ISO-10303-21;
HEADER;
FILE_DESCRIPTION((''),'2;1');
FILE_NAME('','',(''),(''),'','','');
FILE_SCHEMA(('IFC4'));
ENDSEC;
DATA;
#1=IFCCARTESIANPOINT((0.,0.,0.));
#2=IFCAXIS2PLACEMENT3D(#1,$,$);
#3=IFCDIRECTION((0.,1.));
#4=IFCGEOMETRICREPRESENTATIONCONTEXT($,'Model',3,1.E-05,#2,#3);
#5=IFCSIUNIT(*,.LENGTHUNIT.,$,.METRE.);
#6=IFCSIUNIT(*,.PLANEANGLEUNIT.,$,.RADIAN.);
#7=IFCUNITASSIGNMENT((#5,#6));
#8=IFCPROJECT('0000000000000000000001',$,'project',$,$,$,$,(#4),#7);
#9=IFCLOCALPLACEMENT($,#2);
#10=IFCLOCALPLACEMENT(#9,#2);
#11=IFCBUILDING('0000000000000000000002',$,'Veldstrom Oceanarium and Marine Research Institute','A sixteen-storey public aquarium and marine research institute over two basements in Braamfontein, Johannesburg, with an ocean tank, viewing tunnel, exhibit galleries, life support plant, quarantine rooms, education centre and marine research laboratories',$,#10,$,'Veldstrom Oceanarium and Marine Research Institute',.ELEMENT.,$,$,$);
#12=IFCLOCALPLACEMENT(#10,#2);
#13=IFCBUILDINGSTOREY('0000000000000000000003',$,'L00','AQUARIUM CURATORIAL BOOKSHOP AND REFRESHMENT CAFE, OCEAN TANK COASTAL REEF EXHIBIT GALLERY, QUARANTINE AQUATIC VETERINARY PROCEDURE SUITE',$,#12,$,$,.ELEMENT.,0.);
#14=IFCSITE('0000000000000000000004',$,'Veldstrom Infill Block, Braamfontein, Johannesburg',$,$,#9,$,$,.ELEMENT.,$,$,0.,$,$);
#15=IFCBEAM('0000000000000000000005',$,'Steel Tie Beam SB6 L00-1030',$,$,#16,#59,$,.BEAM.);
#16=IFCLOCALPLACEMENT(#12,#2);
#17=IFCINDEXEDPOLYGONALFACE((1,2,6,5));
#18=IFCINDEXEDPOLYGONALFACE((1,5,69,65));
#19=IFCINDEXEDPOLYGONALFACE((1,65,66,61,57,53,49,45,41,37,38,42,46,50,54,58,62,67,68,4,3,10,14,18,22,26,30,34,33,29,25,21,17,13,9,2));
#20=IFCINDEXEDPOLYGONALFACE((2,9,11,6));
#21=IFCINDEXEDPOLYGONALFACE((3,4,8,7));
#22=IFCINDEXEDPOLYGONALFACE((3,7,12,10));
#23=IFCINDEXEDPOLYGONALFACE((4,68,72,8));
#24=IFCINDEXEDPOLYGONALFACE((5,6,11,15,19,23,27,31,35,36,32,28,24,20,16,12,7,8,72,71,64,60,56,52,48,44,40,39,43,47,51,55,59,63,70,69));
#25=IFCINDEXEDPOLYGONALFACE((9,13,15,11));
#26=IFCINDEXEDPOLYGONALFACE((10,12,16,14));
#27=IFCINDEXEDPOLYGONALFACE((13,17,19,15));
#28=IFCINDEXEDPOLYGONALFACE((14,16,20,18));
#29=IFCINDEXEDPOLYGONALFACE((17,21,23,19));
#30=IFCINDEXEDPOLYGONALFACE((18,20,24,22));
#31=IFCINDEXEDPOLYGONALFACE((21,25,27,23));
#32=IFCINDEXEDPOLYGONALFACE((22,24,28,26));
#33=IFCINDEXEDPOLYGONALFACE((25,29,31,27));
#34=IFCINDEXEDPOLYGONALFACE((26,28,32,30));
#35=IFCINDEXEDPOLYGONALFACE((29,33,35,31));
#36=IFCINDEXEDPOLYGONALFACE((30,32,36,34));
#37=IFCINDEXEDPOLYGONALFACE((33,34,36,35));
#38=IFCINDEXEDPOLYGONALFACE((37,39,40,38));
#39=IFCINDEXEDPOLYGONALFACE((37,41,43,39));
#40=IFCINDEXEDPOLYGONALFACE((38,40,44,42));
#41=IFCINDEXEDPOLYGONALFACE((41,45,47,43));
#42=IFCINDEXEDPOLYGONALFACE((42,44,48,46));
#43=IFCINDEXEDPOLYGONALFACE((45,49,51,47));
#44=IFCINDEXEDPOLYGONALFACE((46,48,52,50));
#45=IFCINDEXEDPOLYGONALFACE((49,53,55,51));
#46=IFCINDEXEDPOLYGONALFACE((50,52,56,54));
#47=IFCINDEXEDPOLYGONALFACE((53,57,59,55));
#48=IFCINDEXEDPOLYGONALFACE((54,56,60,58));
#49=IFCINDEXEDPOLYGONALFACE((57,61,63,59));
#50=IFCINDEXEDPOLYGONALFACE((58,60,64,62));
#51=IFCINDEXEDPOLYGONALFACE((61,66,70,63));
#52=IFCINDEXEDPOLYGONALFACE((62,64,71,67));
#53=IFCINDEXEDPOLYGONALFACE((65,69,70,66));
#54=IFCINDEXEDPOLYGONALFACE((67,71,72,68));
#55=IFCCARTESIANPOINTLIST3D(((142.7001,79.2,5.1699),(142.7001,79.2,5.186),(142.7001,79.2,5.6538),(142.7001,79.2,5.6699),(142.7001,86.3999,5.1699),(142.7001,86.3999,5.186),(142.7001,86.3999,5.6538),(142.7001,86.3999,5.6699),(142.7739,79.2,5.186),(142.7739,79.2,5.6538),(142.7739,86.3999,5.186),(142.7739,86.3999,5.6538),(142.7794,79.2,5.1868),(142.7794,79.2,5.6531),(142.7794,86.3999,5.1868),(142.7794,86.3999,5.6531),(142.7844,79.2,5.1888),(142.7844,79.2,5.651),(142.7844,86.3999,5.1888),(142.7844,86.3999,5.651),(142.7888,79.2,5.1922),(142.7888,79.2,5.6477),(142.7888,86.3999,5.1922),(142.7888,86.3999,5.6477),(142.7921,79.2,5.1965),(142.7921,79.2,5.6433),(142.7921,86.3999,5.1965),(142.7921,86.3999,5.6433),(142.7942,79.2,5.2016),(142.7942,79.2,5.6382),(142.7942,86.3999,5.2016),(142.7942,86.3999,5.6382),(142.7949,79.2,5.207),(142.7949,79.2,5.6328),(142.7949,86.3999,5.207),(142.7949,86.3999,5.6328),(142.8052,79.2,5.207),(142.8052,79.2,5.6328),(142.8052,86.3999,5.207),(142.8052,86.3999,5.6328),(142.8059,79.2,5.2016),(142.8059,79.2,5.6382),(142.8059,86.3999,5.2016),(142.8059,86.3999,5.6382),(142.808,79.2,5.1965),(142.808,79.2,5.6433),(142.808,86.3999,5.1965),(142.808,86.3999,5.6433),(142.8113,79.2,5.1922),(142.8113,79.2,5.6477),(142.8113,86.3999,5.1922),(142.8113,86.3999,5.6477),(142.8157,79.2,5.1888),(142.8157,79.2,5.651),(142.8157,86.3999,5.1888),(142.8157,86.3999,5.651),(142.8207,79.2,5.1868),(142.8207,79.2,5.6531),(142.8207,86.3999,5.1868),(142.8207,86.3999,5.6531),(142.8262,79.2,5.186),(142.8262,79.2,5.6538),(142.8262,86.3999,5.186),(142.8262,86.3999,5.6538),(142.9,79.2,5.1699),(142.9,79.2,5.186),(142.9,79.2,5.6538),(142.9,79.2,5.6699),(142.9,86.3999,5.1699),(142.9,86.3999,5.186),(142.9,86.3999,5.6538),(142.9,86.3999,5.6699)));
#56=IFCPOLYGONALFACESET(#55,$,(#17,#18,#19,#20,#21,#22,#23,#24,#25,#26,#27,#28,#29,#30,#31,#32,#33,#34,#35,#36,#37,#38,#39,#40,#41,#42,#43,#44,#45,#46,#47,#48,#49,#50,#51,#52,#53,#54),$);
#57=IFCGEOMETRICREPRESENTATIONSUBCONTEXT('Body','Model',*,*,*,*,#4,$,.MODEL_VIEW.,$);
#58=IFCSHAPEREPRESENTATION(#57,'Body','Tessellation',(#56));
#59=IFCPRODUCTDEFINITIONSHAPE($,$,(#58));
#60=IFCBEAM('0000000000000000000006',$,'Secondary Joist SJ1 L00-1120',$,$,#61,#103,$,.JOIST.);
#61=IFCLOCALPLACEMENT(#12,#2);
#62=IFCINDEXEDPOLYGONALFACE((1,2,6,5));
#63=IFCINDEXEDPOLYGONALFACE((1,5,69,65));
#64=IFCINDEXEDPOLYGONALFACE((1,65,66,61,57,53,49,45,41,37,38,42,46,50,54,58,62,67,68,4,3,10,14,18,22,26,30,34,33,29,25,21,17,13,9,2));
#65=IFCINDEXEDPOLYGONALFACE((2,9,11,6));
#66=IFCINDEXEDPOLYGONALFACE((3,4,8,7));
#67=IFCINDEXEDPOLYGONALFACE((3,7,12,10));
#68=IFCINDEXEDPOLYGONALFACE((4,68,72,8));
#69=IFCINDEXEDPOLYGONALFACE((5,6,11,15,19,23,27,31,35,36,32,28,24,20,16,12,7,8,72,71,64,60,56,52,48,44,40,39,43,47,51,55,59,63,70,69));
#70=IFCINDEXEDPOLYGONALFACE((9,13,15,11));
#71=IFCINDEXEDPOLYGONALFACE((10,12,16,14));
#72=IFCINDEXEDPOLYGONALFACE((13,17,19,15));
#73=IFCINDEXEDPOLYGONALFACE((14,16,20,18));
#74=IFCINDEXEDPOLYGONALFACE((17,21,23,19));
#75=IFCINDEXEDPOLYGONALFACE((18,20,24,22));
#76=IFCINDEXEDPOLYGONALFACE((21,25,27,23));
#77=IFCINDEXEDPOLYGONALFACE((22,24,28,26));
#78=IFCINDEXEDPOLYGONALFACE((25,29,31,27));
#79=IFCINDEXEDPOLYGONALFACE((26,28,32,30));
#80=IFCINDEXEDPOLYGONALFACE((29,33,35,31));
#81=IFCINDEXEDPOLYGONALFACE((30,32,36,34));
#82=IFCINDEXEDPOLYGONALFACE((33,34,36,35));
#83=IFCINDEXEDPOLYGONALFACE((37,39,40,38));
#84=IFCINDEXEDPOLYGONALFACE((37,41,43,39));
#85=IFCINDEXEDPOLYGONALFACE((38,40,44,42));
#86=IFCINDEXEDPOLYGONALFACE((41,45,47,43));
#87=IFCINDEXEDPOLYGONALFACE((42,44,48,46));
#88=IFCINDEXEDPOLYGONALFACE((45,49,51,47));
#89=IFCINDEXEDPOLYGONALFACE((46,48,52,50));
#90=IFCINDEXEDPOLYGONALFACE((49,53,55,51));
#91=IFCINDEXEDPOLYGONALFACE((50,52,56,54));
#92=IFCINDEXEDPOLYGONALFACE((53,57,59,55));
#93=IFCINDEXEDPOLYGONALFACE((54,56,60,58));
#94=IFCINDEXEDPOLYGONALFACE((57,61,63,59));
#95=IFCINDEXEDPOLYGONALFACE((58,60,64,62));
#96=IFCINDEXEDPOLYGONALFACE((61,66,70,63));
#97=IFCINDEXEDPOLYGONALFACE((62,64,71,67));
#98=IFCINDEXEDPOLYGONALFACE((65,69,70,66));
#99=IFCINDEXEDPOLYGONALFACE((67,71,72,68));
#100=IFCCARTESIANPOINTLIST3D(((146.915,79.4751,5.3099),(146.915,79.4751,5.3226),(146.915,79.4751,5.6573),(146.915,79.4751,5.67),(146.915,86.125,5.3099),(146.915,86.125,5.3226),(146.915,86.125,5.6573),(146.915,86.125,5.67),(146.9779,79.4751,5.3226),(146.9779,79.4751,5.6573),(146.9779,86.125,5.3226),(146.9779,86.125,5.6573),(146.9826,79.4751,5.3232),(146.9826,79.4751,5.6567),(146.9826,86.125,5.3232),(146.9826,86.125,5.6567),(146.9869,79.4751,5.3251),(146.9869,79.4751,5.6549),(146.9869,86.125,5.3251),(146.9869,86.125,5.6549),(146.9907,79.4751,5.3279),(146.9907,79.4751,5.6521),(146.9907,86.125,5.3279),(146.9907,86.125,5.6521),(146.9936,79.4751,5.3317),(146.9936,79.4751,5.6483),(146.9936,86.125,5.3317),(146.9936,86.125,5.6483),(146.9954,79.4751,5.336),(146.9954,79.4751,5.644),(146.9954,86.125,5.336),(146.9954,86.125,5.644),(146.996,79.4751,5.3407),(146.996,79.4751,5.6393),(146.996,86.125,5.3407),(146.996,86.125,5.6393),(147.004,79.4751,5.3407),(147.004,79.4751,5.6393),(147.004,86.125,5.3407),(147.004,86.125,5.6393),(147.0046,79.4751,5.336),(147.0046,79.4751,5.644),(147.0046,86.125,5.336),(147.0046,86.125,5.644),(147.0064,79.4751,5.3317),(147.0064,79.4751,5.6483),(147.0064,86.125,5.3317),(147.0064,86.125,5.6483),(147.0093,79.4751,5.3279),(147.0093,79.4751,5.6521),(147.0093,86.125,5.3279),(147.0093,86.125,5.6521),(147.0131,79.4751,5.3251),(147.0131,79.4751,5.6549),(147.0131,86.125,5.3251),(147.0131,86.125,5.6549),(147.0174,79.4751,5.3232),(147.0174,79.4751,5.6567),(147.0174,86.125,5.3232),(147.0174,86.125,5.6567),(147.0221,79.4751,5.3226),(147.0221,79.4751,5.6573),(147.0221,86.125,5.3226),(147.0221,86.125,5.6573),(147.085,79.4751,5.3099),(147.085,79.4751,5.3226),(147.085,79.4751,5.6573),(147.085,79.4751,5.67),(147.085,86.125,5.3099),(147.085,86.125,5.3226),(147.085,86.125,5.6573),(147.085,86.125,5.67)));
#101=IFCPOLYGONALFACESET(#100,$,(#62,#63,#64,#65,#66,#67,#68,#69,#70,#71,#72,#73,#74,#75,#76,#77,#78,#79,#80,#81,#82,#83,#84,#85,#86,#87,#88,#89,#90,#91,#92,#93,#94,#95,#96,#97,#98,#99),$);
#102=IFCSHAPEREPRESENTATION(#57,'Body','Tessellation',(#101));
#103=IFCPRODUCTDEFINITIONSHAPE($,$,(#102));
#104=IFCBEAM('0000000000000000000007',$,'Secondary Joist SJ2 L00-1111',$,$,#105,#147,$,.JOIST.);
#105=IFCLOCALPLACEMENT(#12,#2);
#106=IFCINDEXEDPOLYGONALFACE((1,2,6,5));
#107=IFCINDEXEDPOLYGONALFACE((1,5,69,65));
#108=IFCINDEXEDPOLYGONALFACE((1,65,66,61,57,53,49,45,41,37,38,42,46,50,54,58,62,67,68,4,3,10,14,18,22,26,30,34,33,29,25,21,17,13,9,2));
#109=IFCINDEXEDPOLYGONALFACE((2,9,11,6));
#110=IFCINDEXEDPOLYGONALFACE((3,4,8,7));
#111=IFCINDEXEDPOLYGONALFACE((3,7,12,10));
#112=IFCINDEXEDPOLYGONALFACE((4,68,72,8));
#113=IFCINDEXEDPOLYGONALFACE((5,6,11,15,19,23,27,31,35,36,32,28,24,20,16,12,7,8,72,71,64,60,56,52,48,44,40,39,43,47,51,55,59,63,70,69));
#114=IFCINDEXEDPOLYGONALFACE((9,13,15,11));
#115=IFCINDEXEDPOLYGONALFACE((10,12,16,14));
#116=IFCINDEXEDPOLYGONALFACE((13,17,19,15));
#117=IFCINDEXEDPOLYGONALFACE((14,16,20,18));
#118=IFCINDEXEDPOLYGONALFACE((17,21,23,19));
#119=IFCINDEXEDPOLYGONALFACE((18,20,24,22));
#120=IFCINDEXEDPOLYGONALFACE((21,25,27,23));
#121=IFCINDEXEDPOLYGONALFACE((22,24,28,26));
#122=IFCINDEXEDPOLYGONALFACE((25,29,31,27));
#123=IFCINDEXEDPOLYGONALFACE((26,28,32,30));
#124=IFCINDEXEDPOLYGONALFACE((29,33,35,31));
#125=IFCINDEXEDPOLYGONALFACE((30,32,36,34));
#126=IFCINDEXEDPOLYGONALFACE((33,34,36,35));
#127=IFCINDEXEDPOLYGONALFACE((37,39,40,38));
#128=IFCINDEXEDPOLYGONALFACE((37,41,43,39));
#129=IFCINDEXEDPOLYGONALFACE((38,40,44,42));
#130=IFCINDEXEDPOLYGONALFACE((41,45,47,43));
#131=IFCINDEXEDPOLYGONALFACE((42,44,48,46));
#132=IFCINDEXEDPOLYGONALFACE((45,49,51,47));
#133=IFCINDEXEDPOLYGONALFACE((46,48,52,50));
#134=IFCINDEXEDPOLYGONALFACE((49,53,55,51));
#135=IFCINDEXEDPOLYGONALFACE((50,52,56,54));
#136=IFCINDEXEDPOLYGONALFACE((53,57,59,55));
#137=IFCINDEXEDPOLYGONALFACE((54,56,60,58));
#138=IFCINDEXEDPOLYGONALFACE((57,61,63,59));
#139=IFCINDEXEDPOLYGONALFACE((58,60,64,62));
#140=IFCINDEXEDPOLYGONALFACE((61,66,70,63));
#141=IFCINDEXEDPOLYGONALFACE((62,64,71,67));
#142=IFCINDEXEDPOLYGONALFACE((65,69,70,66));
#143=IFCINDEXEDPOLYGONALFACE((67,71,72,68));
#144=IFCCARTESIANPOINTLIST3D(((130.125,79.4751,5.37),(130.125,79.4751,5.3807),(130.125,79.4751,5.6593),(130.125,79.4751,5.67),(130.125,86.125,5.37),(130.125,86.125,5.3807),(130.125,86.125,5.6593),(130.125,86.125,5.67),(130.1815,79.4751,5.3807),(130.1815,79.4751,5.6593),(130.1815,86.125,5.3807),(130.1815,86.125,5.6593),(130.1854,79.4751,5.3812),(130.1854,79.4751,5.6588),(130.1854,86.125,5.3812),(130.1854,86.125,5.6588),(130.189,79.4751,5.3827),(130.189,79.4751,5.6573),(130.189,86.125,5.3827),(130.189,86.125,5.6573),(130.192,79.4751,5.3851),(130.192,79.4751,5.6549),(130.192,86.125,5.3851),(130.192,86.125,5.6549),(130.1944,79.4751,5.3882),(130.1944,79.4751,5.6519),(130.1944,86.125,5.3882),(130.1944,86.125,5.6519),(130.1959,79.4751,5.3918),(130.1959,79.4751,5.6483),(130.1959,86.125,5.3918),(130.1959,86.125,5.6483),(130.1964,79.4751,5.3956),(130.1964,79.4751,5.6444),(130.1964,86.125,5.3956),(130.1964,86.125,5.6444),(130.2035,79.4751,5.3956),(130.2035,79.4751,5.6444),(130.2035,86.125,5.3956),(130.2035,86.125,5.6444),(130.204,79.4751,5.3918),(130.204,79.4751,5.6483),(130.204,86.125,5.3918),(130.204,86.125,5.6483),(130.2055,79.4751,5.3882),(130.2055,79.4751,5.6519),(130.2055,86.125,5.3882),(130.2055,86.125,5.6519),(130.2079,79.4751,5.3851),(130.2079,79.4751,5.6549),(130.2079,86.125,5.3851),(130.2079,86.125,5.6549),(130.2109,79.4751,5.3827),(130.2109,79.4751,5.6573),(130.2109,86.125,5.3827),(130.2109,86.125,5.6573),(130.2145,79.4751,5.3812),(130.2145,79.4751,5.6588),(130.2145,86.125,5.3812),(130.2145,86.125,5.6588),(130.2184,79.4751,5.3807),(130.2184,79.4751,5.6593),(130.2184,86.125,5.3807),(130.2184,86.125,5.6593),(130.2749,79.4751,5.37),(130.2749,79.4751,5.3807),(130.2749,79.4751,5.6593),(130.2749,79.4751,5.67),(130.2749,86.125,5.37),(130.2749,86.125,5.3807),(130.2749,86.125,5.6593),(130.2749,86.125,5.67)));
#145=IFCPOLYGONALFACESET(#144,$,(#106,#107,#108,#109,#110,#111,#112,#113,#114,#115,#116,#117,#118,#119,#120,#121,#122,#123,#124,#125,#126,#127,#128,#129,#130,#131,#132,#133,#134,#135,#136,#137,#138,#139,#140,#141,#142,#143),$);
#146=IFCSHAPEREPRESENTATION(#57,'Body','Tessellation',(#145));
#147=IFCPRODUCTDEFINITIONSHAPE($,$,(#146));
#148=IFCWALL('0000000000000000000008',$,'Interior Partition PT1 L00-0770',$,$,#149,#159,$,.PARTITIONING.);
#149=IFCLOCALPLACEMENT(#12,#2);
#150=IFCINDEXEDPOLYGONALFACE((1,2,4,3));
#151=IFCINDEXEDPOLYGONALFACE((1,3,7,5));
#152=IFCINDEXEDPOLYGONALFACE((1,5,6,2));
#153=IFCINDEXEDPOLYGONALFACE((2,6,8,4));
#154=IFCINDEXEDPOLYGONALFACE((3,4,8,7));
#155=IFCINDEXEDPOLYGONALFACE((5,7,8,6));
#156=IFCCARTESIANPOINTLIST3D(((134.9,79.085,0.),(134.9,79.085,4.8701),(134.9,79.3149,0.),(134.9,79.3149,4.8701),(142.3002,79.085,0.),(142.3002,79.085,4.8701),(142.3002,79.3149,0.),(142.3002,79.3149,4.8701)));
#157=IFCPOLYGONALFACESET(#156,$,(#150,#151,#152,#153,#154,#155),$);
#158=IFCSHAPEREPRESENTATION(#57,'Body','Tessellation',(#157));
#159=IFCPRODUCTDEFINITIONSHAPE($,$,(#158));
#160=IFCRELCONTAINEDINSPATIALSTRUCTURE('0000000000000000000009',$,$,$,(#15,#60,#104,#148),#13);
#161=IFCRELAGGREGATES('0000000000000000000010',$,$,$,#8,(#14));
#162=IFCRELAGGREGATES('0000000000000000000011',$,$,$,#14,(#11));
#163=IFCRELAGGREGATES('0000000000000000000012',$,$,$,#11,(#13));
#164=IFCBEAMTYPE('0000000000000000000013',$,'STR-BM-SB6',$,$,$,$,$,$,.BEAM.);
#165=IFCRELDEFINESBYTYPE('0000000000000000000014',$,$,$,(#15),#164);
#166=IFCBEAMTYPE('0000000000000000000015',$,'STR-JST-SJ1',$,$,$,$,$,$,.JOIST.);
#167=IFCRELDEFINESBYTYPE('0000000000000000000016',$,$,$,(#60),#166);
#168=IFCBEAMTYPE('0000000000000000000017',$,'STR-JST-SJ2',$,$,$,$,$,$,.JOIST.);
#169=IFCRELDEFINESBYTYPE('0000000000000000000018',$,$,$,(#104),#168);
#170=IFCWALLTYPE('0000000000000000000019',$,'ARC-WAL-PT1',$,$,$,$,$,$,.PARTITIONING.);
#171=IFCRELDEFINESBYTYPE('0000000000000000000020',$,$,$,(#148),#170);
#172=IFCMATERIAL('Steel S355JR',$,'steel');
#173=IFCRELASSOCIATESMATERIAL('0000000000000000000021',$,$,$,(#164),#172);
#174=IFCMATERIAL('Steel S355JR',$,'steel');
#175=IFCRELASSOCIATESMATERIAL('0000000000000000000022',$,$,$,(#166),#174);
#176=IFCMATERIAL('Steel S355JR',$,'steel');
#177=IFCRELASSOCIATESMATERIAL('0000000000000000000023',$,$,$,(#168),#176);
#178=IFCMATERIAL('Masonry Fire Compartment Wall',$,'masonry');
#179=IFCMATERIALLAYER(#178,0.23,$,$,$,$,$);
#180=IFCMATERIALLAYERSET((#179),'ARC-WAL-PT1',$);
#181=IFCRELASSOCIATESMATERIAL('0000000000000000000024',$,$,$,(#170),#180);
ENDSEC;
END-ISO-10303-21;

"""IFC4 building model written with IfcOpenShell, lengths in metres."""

from ifc_helpers import new_model, si_unit, direction, frame, frame_2d, origin, origin_2d, place, context, subcontext, project, spatial, rectangle, i_section, extrude, material, layer, layer_set, material_profile, profile_set, type_object, element, save


model = new_model("IFC4")

# Units and contexts
model_context = context("Model", 3, precision=1e-05, world=origin(), true_north=direction((0.0, 1.0)))
body_context = subcontext(model_context, "Body", "Model", "MODEL_VIEW")
ifc_project = project(units=[si_unit("LENGTHUNIT", "METRE"), si_unit("PLANEANGLEUNIT", "RADIAN")], contexts=[model_context])

# Site, building, storey
site_placement = place(None, origin())
site = spatial("IfcSite", under=ifc_project, at=site_placement, Name="Veldstrom Infill Block, Braamfontein, Johannesburg", CompositionType="ELEMENT", RefElevation=0.0)
building_placement = place(site_placement, origin())
building = spatial("IfcBuilding", under=site, at=building_placement, Name="Veldstrom Oceanarium and Marine Research Institute", Description="A sixteen-storey public aquarium and marine research institute over two basements in Braamfontein, Johannesburg, with an ocean tank, viewing tunnel, exhibit galleries, life support plant, quarantine rooms, education centre and marine research laboratories", LongName="Veldstrom Oceanarium and Marine Research Institute", CompositionType="ELEMENT")
storey_placement = place(building_placement, origin())
storey = spatial("IfcBuildingStorey", under=building, at=storey_placement, Name="L00", Description="AQUARIUM CURATORIAL BOOKSHOP AND REFRESHMENT CAFE, OCEAN TANK COASTAL REEF EXHIBIT GALLERY, QUARANTINE AQUATIC VETERINARY PROCEDURE SUITE", CompositionType="ELEMENT", Elevation=0.0)

# Beams
ifc_material_1 = material(Name="Steel S355JR", Category="steel")
ifc_material_profile_1 = material_profile(ifc_material_1, i_section(OverallWidth=0.2, OverallDepth=0.5, WebThickness=0.0103, FlangeThickness=0.0161, FilletRadius=0.021, at=origin_2d()), Name="IPE 500")
ifc_profile_set_1 = profile_set([ifc_material_profile_1], Name="Steel S355JR")
beam_type_1 = type_object("IfcBeamType", Name="STR-BM-SB6", PredefinedType="BEAM", material=ifc_profile_set_1)
beam_1_placement = place(storey_placement, frame((142.8, 79.2, 5.4199), z_axis=(0.0, 1.0, 0.0), x_axis=(-1.0, 0.0, 0.0)))
element("IfcBeam", 1, at=beam_1_placement, inside=storey, type_object=beam_type_1, Name="Steel Tie Beam SB6 L00-1030", PredefinedType="BEAM", context=body_context, shape_type="SweptSolid", body=[
    extrude(i_section(OverallWidth=0.2, OverallDepth=0.5, WebThickness=0.0103, FlangeThickness=0.0161, FilletRadius=0.021, at=origin_2d()), origin(), (0.0, 0.0, 1.0), 7.2),
])
ifc_material_2 = material(Name="Steel S355JR", Category="steel")
ifc_material_profile_2 = material_profile(ifc_material_2, i_section(OverallWidth=0.1699, OverallDepth=0.3601, WebThickness=0.0081, FlangeThickness=0.0127, FilletRadius=0.0181, at=origin_2d()), Name="IPE 360")
ifc_profile_set_2 = profile_set([ifc_material_profile_2], Name="Steel S355JR")
beam_type_2 = type_object("IfcBeamType", Name="STR-JST-SJ1", PredefinedType="JOIST", material=ifc_profile_set_2)
beam_2_placement = place(storey_placement, frame((147.0, 79.4751, 5.49), z_axis=(0.0, 1.0, 0.0), x_axis=(-1.0, 0.0, 0.0)))
element("IfcBeam", 2, at=beam_2_placement, inside=storey, type_object=beam_type_2, Name="Secondary Joist SJ1 L00-1120", PredefinedType="JOIST", context=body_context, shape_type="SweptSolid", body=[
    extrude(i_section(OverallWidth=0.1699, OverallDepth=0.3601, WebThickness=0.0081, FlangeThickness=0.0127, FilletRadius=0.0181, at=origin_2d()), origin(), (0.0, 0.0, 1.0), 6.6499),
])
ifc_material_3 = material(Name="Steel S355JR", Category="steel")
ifc_material_profile_3 = material_profile(ifc_material_3, i_section(OverallWidth=0.1499, OverallDepth=0.3, WebThickness=0.0071, FlangeThickness=0.0107, FilletRadius=0.0149, at=origin_2d()), Name="IPE 300")
ifc_profile_set_3 = profile_set([ifc_material_profile_3], Name="Steel S355JR")
beam_type_3 = type_object("IfcBeamType", Name="STR-JST-SJ2", PredefinedType="JOIST", material=ifc_profile_set_3)
beam_3_placement = place(storey_placement, frame((130.2, 79.4751, 5.52), z_axis=(0.0, 1.0, 0.0), x_axis=(-1.0, 0.0, 0.0)))
element("IfcBeam", 3, at=beam_3_placement, inside=storey, type_object=beam_type_3, Name="Secondary Joist SJ2 L00-1111", PredefinedType="JOIST", context=body_context, shape_type="SweptSolid", body=[
    extrude(i_section(OverallWidth=0.1499, OverallDepth=0.3, WebThickness=0.0071, FlangeThickness=0.0107, FilletRadius=0.0149, at=origin_2d()), origin(), (0.0, 0.0, 1.0), 6.6499),
])

# Wall
ifc_material_4 = material(Name="Masonry Fire Compartment Wall", Category="masonry")
ifc_layer_1 = layer(ifc_material_4, 0.23)
ifc_layer_set_1 = layer_set([ifc_layer_1], Name="ARC-WAL-PT1")
wall_type_1 = type_object("IfcWallType", Name="ARC-WAL-PT1", PredefinedType="PARTITIONING", material=ifc_layer_set_1)
wall_1_placement = place(storey_placement, frame((134.8999, 79.2, 0.0), z_axis=(0.0, 0.0, 1.0), x_axis=(1.0, 0.0, 0.0)))
element("IfcWall", 4, at=wall_1_placement, inside=storey, type_object=wall_type_1, Name="Interior Partition PT1 L00-0770", PredefinedType="PARTITIONING", context=body_context, shape_type="SweptSolid", body=[
    extrude(rectangle(XDim=7.4001, YDim=0.23, at=frame_2d((3.7002, 0.0))), origin(), (0.0, 0.0, 1.0), 4.8701),
])

save(model, "model.ifc")
